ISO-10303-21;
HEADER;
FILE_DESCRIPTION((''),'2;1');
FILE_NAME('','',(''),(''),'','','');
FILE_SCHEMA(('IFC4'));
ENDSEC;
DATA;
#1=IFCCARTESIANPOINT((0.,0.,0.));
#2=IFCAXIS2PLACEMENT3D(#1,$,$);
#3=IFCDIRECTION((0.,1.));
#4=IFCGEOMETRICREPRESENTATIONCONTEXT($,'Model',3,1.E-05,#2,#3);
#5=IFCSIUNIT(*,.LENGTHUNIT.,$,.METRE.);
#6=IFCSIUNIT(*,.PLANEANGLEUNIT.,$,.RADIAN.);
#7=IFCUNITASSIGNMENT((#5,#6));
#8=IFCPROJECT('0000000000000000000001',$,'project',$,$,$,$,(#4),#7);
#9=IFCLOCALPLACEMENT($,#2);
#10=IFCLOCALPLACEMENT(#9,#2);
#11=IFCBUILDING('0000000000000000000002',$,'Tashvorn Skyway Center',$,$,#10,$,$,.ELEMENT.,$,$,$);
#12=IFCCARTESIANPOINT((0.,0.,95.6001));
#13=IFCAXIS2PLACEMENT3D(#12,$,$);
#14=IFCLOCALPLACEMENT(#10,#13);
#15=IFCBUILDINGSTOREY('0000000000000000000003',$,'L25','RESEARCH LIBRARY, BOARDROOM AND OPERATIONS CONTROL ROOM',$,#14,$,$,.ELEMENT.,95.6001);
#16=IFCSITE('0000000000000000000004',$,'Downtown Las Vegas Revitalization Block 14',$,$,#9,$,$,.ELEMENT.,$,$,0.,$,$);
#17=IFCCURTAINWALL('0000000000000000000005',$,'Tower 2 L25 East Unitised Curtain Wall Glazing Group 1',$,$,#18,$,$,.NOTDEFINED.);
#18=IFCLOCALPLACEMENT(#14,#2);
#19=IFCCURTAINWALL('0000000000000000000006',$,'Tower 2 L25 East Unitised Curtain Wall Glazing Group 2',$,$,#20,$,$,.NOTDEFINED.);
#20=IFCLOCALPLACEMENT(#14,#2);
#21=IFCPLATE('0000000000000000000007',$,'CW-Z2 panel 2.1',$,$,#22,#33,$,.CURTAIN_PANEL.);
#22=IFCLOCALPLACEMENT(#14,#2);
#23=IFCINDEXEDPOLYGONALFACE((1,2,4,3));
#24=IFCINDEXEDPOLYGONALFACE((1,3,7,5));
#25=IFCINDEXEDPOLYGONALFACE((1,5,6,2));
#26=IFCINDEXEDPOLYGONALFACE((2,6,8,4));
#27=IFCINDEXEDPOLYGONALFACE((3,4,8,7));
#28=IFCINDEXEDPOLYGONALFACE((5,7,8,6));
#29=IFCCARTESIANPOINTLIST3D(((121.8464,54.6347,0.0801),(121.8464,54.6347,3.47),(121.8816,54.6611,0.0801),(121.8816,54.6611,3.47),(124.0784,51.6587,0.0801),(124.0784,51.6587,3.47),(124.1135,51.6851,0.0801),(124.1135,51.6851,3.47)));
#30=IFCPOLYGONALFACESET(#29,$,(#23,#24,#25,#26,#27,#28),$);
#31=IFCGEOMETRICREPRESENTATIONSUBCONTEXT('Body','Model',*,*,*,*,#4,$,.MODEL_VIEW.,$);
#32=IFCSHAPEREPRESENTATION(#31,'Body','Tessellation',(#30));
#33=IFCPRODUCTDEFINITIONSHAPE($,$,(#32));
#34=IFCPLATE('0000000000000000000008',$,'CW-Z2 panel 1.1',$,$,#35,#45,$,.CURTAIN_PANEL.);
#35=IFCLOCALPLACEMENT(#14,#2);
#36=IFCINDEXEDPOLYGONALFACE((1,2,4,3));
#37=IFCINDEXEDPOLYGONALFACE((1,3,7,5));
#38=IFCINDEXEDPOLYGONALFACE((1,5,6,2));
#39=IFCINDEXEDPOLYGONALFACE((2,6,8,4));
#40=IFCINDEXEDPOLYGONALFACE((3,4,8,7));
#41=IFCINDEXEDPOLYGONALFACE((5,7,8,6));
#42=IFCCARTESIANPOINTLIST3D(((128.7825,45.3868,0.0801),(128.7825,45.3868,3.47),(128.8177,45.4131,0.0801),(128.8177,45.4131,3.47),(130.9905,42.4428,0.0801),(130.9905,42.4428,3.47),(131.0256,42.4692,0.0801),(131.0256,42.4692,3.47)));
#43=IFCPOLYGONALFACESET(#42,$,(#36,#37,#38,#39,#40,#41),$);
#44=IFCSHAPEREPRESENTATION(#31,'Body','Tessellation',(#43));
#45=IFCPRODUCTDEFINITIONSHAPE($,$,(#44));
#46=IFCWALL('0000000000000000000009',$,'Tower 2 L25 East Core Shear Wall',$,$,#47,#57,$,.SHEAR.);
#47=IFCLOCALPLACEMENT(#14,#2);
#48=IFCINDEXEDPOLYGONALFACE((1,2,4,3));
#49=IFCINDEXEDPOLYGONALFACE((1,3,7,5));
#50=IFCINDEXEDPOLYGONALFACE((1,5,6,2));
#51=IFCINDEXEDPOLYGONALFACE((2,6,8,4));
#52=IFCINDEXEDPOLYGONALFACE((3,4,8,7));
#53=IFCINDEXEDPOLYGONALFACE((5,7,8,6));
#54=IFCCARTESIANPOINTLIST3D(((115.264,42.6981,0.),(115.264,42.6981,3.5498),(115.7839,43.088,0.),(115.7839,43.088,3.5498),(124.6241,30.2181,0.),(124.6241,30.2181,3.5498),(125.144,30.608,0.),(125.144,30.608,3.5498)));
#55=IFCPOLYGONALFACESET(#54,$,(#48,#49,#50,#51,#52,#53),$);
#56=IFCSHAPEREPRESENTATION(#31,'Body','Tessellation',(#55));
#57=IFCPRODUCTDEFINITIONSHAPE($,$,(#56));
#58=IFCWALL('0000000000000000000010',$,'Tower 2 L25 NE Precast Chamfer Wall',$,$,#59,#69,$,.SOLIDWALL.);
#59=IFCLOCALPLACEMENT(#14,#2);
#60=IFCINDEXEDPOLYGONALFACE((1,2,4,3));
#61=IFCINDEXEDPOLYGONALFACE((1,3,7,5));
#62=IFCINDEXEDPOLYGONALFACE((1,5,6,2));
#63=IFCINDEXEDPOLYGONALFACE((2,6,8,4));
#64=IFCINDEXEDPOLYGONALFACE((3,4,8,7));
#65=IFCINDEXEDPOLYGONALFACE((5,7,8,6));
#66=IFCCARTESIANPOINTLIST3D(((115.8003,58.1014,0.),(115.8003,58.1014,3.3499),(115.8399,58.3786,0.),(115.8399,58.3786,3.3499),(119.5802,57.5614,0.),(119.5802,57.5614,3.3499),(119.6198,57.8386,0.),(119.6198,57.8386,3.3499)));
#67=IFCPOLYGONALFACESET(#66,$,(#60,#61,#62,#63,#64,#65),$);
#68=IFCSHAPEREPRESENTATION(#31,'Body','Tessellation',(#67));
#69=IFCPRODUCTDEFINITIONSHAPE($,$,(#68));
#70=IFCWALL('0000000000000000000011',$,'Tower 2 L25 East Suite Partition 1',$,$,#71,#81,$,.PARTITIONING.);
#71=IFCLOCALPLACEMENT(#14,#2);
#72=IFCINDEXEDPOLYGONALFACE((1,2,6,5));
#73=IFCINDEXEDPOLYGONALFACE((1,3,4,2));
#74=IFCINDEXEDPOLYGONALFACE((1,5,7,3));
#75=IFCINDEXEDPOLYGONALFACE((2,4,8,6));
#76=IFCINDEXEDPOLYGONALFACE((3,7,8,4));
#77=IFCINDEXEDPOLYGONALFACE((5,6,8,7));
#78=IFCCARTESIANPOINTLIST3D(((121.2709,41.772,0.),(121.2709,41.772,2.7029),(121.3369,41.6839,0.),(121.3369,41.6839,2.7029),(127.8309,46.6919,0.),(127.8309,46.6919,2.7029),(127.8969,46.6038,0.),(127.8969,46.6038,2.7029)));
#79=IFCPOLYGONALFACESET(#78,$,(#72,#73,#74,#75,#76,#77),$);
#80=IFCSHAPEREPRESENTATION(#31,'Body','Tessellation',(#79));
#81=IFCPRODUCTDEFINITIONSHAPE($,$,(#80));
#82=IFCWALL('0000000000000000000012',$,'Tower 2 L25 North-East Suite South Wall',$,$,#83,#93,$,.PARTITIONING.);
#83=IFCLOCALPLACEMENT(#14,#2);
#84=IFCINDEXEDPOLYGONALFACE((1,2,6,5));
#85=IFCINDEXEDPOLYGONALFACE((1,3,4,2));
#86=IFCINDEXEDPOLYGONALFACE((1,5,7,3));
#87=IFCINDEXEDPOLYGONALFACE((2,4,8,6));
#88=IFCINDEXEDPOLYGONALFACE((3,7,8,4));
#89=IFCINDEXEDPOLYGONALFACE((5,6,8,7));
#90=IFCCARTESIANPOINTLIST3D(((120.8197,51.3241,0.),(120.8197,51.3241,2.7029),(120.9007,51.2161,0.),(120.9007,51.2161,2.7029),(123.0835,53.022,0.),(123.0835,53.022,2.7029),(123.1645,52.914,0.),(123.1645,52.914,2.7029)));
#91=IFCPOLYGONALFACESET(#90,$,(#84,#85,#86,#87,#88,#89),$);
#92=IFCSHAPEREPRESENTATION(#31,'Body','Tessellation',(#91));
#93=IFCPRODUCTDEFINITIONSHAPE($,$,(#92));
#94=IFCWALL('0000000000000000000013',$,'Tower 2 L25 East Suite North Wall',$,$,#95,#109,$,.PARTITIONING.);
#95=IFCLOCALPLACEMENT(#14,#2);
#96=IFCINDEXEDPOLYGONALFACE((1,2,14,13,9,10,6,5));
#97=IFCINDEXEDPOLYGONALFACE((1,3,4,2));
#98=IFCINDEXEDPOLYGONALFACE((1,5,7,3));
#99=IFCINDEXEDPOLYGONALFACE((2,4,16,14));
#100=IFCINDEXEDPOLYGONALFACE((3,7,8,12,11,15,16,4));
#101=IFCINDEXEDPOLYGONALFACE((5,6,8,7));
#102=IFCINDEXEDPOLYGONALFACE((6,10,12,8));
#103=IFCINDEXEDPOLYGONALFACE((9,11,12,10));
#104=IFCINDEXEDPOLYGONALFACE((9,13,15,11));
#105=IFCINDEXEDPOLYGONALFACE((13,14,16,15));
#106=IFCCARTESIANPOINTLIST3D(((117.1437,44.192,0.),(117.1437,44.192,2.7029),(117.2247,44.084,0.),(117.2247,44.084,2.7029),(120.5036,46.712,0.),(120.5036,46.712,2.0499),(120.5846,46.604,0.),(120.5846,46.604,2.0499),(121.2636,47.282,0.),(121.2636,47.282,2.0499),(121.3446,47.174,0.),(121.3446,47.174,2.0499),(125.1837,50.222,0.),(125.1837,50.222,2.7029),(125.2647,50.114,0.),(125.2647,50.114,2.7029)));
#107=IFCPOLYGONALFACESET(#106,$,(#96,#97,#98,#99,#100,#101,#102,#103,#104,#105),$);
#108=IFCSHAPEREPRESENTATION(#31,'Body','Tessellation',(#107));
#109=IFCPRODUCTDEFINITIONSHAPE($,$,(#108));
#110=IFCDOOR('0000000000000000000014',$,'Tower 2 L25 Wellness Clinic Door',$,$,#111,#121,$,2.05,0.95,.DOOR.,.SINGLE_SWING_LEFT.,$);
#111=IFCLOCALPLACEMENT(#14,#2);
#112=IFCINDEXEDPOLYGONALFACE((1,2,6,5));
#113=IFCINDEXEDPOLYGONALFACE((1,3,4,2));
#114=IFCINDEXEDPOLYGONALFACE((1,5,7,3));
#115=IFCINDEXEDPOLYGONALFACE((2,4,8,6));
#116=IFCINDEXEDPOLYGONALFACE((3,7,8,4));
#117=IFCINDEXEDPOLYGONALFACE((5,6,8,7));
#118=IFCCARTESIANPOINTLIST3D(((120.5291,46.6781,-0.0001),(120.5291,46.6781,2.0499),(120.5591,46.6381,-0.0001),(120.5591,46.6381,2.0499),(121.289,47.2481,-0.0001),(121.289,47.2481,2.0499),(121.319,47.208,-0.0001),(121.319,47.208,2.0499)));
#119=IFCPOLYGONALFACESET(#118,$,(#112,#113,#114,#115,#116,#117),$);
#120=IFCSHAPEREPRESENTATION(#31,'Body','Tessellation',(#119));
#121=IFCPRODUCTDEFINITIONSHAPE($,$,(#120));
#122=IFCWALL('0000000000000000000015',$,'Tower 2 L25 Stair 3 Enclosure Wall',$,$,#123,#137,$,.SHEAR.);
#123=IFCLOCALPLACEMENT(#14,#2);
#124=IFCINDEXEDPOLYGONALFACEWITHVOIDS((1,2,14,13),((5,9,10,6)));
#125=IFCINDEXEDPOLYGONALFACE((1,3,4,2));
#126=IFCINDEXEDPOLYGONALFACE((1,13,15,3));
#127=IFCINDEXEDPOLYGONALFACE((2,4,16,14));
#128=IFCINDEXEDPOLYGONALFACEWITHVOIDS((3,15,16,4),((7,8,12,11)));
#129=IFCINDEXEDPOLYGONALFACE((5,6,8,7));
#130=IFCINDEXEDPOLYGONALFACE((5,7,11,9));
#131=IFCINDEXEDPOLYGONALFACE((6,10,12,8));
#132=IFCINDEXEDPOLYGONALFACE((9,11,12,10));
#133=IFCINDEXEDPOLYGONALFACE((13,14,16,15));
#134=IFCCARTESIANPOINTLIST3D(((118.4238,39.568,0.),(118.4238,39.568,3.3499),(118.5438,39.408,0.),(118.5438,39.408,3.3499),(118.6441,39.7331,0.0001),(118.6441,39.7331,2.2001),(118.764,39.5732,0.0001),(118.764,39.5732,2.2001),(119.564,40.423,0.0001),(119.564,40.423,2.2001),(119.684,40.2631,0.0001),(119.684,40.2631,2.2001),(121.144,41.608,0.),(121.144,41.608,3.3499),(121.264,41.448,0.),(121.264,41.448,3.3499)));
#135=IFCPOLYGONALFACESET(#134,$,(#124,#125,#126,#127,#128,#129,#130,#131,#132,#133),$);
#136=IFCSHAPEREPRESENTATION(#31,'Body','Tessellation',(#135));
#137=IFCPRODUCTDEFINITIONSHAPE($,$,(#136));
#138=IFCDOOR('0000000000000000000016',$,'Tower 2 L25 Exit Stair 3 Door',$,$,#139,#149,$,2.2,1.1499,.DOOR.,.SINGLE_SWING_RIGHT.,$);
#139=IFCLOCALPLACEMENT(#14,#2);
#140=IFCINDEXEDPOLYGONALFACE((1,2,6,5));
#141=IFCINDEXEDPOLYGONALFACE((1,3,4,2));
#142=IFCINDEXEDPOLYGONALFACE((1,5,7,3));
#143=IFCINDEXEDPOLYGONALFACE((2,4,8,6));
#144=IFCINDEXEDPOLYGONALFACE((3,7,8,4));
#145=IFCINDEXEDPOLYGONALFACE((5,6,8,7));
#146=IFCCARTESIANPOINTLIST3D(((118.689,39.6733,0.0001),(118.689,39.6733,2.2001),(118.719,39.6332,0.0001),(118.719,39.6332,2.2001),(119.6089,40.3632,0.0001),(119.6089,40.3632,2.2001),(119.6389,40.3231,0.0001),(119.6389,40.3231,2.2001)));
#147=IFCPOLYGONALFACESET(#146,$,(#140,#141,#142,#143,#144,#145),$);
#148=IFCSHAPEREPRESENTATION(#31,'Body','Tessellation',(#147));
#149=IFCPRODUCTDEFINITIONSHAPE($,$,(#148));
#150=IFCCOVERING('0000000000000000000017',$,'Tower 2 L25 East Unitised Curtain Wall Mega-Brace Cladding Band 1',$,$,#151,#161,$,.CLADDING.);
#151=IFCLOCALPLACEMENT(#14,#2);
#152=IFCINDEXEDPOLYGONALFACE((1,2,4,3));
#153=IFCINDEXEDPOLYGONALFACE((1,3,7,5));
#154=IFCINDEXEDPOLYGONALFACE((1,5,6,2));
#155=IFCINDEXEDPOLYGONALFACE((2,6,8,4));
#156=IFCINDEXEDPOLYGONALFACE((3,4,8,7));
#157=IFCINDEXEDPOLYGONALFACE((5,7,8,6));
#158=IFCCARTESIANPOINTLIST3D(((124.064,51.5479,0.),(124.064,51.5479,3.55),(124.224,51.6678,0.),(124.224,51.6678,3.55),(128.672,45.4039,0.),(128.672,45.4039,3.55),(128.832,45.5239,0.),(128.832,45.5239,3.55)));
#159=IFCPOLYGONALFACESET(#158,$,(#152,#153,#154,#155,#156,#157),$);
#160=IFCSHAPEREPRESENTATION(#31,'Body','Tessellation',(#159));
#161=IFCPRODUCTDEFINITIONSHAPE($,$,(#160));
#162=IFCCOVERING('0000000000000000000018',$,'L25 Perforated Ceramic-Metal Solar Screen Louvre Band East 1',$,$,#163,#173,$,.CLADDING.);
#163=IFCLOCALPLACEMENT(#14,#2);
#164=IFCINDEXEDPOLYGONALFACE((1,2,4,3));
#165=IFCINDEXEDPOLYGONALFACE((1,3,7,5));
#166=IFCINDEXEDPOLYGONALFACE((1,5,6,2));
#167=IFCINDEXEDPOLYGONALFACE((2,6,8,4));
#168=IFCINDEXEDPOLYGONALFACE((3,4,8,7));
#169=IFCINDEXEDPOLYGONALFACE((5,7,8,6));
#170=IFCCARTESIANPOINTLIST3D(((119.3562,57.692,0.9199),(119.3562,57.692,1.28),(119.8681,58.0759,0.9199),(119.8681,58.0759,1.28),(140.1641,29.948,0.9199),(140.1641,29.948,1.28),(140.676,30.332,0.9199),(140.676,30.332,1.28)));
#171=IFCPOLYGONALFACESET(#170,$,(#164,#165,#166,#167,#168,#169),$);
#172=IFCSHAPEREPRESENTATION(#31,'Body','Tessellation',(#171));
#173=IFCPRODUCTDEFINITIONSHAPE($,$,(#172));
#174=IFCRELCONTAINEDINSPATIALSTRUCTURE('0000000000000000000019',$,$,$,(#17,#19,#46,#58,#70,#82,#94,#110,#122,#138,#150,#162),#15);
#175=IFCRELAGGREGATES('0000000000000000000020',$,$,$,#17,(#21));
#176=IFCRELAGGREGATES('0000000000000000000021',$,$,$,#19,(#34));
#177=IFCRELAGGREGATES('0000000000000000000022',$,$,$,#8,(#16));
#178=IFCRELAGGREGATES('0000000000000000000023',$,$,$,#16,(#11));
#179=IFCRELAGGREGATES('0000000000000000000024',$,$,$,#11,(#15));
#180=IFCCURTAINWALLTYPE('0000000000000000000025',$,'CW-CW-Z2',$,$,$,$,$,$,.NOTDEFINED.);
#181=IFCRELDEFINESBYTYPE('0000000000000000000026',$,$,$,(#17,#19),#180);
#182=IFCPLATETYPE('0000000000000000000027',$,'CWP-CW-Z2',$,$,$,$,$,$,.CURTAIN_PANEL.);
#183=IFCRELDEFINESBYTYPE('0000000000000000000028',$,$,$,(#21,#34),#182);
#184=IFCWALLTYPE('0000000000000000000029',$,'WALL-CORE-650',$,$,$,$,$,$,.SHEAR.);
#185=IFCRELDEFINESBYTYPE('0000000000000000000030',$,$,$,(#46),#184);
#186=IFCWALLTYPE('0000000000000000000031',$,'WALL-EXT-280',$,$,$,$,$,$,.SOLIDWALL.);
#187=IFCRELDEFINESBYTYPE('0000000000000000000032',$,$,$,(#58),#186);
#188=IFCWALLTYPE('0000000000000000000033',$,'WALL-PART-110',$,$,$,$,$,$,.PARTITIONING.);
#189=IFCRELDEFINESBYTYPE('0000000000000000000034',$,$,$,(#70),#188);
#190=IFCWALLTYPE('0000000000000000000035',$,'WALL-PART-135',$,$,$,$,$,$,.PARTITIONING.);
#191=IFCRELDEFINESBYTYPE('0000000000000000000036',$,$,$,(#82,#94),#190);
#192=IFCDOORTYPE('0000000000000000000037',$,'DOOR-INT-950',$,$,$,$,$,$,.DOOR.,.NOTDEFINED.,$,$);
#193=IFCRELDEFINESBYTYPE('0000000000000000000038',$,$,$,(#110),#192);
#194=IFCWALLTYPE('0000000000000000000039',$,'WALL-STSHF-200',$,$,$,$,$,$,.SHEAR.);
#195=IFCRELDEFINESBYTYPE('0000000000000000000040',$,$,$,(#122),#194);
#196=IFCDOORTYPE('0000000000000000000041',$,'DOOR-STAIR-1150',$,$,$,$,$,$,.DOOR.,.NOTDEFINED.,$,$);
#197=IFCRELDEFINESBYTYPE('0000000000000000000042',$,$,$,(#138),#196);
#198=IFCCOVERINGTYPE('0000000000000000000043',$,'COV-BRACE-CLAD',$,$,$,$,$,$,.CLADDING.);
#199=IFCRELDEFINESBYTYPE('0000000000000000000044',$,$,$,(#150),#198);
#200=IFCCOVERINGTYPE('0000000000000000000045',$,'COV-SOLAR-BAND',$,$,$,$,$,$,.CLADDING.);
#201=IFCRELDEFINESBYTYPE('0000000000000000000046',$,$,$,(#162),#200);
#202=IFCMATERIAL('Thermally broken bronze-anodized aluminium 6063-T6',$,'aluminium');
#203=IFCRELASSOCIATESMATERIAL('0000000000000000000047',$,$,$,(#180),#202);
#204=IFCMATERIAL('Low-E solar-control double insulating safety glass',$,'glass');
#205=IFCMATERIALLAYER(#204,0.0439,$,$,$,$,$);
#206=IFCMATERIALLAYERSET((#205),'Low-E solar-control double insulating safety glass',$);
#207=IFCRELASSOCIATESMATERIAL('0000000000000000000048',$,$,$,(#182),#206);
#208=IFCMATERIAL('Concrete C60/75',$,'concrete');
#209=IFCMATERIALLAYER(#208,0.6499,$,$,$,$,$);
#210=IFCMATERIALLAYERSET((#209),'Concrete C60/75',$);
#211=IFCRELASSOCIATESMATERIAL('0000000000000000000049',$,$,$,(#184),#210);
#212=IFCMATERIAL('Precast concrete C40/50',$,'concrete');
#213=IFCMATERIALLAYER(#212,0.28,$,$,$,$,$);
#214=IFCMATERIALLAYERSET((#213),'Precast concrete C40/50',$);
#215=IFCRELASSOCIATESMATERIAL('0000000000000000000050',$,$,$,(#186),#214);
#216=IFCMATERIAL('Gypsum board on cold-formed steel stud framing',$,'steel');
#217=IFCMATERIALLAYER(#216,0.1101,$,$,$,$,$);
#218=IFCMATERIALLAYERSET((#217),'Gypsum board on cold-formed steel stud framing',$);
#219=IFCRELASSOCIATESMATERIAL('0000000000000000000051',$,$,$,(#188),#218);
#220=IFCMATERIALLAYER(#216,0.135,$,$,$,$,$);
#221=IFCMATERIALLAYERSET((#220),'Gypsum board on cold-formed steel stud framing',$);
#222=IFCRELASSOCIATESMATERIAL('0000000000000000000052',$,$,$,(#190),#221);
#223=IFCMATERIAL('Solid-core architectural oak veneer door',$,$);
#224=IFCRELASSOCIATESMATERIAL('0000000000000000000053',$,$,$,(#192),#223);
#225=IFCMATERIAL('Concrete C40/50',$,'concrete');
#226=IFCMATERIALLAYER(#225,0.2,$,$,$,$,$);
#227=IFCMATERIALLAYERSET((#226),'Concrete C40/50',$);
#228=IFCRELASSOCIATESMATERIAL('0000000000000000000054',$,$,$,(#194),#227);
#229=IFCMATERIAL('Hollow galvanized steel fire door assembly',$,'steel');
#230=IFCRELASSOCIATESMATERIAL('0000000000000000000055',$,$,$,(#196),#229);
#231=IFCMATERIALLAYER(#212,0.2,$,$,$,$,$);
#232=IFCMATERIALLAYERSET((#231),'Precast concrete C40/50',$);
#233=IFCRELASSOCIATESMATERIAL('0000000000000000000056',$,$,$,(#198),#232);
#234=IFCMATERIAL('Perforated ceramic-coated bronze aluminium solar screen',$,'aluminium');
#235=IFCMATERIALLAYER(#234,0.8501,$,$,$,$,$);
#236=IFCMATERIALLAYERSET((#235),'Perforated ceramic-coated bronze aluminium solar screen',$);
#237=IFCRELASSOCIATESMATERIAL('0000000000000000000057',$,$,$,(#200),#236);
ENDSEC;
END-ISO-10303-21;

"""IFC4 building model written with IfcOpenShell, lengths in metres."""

from ifc_helpers import new_model, si_unit, direction, frame, frame_2d, origin, origin_2d, place, context, subcontext, project, spatial, rectangle, extrude, material, layer, layer_set, type_object, element, fill, aggregate, save


model = new_model("IFC4")

# Units and contexts
model_context = context("Model", 3, precision=1e-05, world=origin(), true_north=direction((0.0, 1.0)))
body_context = subcontext(model_context, "Body", "Model", "MODEL_VIEW")
ifc_project = project(units=[si_unit("LENGTHUNIT", "METRE"), si_unit("PLANEANGLEUNIT", "RADIAN")], contexts=[model_context])

# Site, building, storey
site_placement = place(None, origin())
site = spatial("IfcSite", under=ifc_project, at=site_placement, Name="Downtown Las Vegas Revitalization Block 14", CompositionType="ELEMENT", RefElevation=0.0)
building_placement = place(site_placement, origin())
building = spatial("IfcBuilding", under=site, at=building_placement, Name="Tashvorn Skyway Center", CompositionType="ELEMENT")
storey_placement = place(building_placement, frame((0.0, 0.0, 95.6001)))
storey = spatial("IfcBuildingStorey", under=building, at=storey_placement, Name="L25", Description="RESEARCH LIBRARY, BOARDROOM AND OPERATIONS CONTROL ROOM", CompositionType="ELEMENT", Elevation=95.6001)

# Shared definitions
ifc_material_1 = material(Name="Thermally broken bronze-anodized aluminium 6063-T6", Category="aluminium")
curtain_wall_type = type_object("IfcCurtainWallType", Name="CW-CW-Z2", PredefinedType="NOTDEFINED", material=ifc_material_1)

# Curtain walls
curtain_wall_1_placement = place(storey_placement, origin())
curtain_wall_1 = element("IfcCurtainWall", 1, at=curtain_wall_1_placement, inside=storey, type_object=curtain_wall_type, Name="Tower 2 L25 East Unitised Curtain Wall Glazing Group 1", PredefinedType="NOTDEFINED")
curtain_wall_2_placement = place(storey_placement, origin())
curtain_wall_2 = element("IfcCurtainWall", 2, at=curtain_wall_2_placement, inside=storey, type_object=curtain_wall_type, Name="Tower 2 L25 East Unitised Curtain Wall Glazing Group 2", PredefinedType="NOTDEFINED")

# Plates
ifc_material_2 = material(Name="Low-E solar-control double insulating safety glass", Category="glass")
ifc_layer_1 = layer(ifc_material_2, 0.0439)
ifc_layer_set_1 = layer_set([ifc_layer_1], Name="Low-E solar-control double insulating safety glass")
plate_type = type_object("IfcPlateType", Name="CWP-CW-Z2", PredefinedType="CURTAIN_PANEL", material=ifc_layer_set_1)
plate_1_placement = place(storey_placement, frame((122.98, 53.1599, 0.0801), z_axis=(0.0, 0.0, 1.0), x_axis=(0.6, -0.8, 0.0)))
plate_1 = element("IfcPlate", 3, at=plate_1_placement, type_object=plate_type, Name="CW-Z2 panel 2.1", PredefinedType="CURTAIN_PANEL", context=body_context, shape_type="SweptSolid", body=[
    extrude(rectangle(XDim=3.72, YDim=0.0439, at=origin_2d()), origin(), (0.0, 0.0, 1.0), 3.3899),
])
aggregate(curtain_wall_1, [plate_1])
plate_2_placement = place(storey_placement, frame((129.9041, 43.928, 0.0801), z_axis=(0.0, 0.0, 1.0), x_axis=(0.6, -0.8, 0.0)))
plate_2 = element("IfcPlate", 4, at=plate_2_placement, type_object=plate_type, Name="CW-Z2 panel 1.1", PredefinedType="CURTAIN_PANEL", context=body_context, shape_type="SweptSolid", body=[
    extrude(rectangle(XDim=3.6799, YDim=0.0439, at=origin_2d()), origin(), (0.0, 0.0, 1.0), 3.3899),
])
aggregate(curtain_wall_2, [plate_2])

# Walls
ifc_material_3 = material(Name="Concrete C60/75", Category="concrete")
ifc_layer_2 = layer(ifc_material_3, 0.6499)
ifc_layer_set_2 = layer_set([ifc_layer_2], Name="Concrete C60/75")
wall_type_1 = type_object("IfcWallType", Name="WALL-CORE-650", PredefinedType="SHEAR", material=ifc_layer_set_2)
wall_1_placement = place(storey_placement, frame((115.5239, 42.8931, 0.0), z_axis=(0.0, 0.0, 1.0), x_axis=(0.600005, -0.799996, 0.0)))
element("IfcWall", 5, at=wall_1_placement, inside=storey, type_object=wall_type_1, Name="Tower 2 L25 East Core Shear Wall", PredefinedType="SHEAR", context=body_context, shape_type="SweptSolid", body=[
    extrude(rectangle(XDim=15.6001, YDim=0.6499, at=frame_2d((7.8, 0.0))), origin(), (0.0, 0.0, 1.0), 3.5498),
])
ifc_material_4 = material(Name="Precast concrete C40/50", Category="concrete")
ifc_layer_3 = layer(ifc_material_4, 0.28)
ifc_layer_set_3 = layer_set([ifc_layer_3], Name="Precast concrete C40/50")
wall_type_2 = type_object("IfcWallType", Name="WALL-EXT-280", PredefinedType="SOLIDWALL", material=ifc_layer_set_3)
wall_2_placement = place(storey_placement, frame((115.8201, 58.24, 0.0), z_axis=(0.0, 0.0, 1.0), x_axis=(0.989948, -0.14143, 0.0)))
element("IfcWall", 6, at=wall_2_placement, inside=storey, type_object=wall_type_2, Name="Tower 2 L25 NE Precast Chamfer Wall", PredefinedType="SOLIDWALL", context=body_context, shape_type="SweptSolid", body=[
    extrude(rectangle(XDim=3.8184, YDim=0.28, at=frame_2d((1.9092, 0.0))), origin(), (0.0, 0.0, 1.0), 3.3499),
])
ifc_material_5 = material(Name="Gypsum board on cold-formed steel stud framing", Category="steel")
ifc_layer_4 = layer(ifc_material_5, 0.1101)
ifc_layer_set_4 = layer_set([ifc_layer_4], Name="Gypsum board on cold-formed steel stud framing")
wall_type_3 = type_object("IfcWallType", Name="WALL-PART-110", PredefinedType="PARTITIONING", material=ifc_layer_set_4)
wall_3_placement = place(storey_placement, frame((127.864, 46.6479, 0.0), z_axis=(0.0, 0.0, 1.0), x_axis=(-0.800007, -0.59999, 0.0)))
element("IfcWall", 7, at=wall_3_placement, inside=storey, type_object=wall_type_3, Name="Tower 2 L25 East Suite Partition 1", PredefinedType="PARTITIONING", context=body_context, shape_type="SweptSolid", body=[
    extrude(rectangle(XDim=8.2, YDim=0.1101, at=frame_2d((4.1001, 0.0))), origin(), (0.0, 0.0, 1.0), 2.7029),
])
ifc_layer_5 = layer(ifc_material_5, 0.135)
ifc_layer_set_5 = layer_set([ifc_layer_5], Name="Gypsum board on cold-formed steel stud framing")
wall_type_4 = type_object("IfcWallType", Name="WALL-PART-135", PredefinedType="PARTITIONING", material=ifc_layer_set_5)
wall_4_placement = place(storey_placement, frame((120.8601, 51.27, 0.0), z_axis=(0.0, 0.0, 1.0), x_axis=(0.79999, 0.600014, 0.0)))
element("IfcWall", 8, at=wall_4_placement, inside=storey, type_object=wall_type_4, Name="Tower 2 L25 North-East Suite South Wall", PredefinedType="PARTITIONING", context=body_context, shape_type="SweptSolid", body=[
    extrude(rectangle(XDim=2.8298, YDim=0.135, at=frame_2d((1.415, 0.0))), origin(), (0.0, 0.0, 1.0), 2.7029),
])

# Walls, openings, doors
wall_5_placement = place(storey_placement, frame((125.2241, 50.168, 0.0), z_axis=(0.0, 0.0, 1.0), x_axis=(-0.8, -0.6, 0.0)))
wall_5 = element("IfcWall", 9, at=wall_5_placement, inside=storey, type_object=wall_type_4, Name="Tower 2 L25 East Suite North Wall", PredefinedType="PARTITIONING", context=body_context, shape_type="SweptSolid", body=[
    extrude(rectangle(XDim=10.05, YDim=0.135, at=frame_2d((5.0249, 0.0))), origin(), (0.0, 0.0, 1.0), 2.7029),
])
opening_1_placement = place(wall_5_placement, frame((4.8999, 0.0, 0.0)))
opening_1 = element("IfcOpeningElement", 10, at=opening_1_placement, cuts=wall_5, PredefinedType="OPENING", context=body_context, shape_type="SweptSolid", body=[
    extrude(rectangle(XDim=0.95, YDim=2.05, at=frame_2d((0.4751, 1.0249))), frame((0.0, 0.0774, 0.0), z_axis=(0.0, -1.0, 0.0), x_axis=(1.0, 0.0, 0.0)), (0.0, 0.0, 1.0), 0.155),
])
ifc_material_6 = material(Name="Solid-core architectural oak veneer door")
door_type_1 = type_object("IfcDoorType", Name="DOOR-INT-950", OperationType="NOTDEFINED", PredefinedType="DOOR", material=ifc_material_6)
door_1_placement = place(opening_1_placement, origin())
door_1 = element("IfcDoor", 11, at=door_1_placement, inside=storey, type_object=door_type_1, Name="Tower 2 L25 Wellness Clinic Door", OperationType="SINGLE_SWING_LEFT", OverallHeight=2.05, OverallWidth=0.95, PredefinedType="DOOR", context=body_context, shape_type="SweptSolid", body=[
    extrude(rectangle(XDim=0.95, YDim=2.05, at=frame_2d((0.4751, 1.0249))), frame((0.0, 0.0249, 0.0), z_axis=(0.0, -1.0, 0.0), x_axis=(1.0, 0.0, 0.0)), (0.0, 0.0, 1.0), 0.05),
])
fill(opening_1, door_1)
ifc_material_7 = material(Name="Concrete C40/50", Category="concrete")
ifc_layer_6 = layer(ifc_material_7, 0.2)
ifc_layer_set_6 = layer_set([ifc_layer_6], Name="Concrete C40/50")
wall_type_5 = type_object("IfcWallType", Name="WALL-STSHF-200", PredefinedType="SHEAR", material=ifc_layer_set_6)
wall_6_placement = place(storey_placement, frame((121.2041, 41.5281, 0.0), z_axis=(0.0, 0.0, 1.0), x_axis=(-0.800017, -0.599977, 0.0)))
wall_6 = element("IfcWall", 12, at=wall_6_placement, inside=storey, type_object=wall_type_5, Name="Tower 2 L25 Stair 3 Enclosure Wall", PredefinedType="SHEAR", context=body_context, shape_type="SweptSolid", body=[
    extrude(rectangle(XDim=3.4001, YDim=0.2, at=frame_2d((1.7002, 0.0))), origin(), (0.0, 0.0, 1.0), 3.3499),
])
opening_2_placement = place(wall_6_placement, frame((1.9751, 0.0, 0.0)))
opening_2 = element("IfcOpeningElement", 13, at=opening_2_placement, cuts=wall_6, PredefinedType="OPENING", context=body_context, shape_type="SweptSolid", body=[
    extrude(rectangle(XDim=1.1499, YDim=2.2, at=frame_2d((0.575, 1.1001))), frame((0.0, 0.1099, 0.0), z_axis=(0.0, -1.0, 0.0), x_axis=(1.0, 0.0, 0.0)), (0.0, 0.0, 1.0), 0.22),
])
ifc_material_8 = material(Name="Hollow galvanized steel fire door assembly", Category="steel")
door_type_2 = type_object("IfcDoorType", Name="DOOR-STAIR-1150", OperationType="NOTDEFINED", PredefinedType="DOOR", material=ifc_material_8)
door_2_placement = place(opening_2_placement, origin())
door_2 = element("IfcDoor", 14, at=door_2_placement, inside=storey, type_object=door_type_2, Name="Tower 2 L25 Exit Stair 3 Door", OperationType="SINGLE_SWING_RIGHT", OverallHeight=2.2, OverallWidth=1.1499, PredefinedType="DOOR", context=body_context, shape_type="SweptSolid", body=[
    extrude(rectangle(XDim=1.1499, YDim=2.2, at=frame_2d((0.575, 1.1001))), frame((0.0, 0.0249, 0.0), z_axis=(0.0, -1.0, 0.0), x_axis=(1.0, 0.0, 0.0)), (0.0, 0.0, 1.0), 0.05),
])
fill(opening_2, door_2)

# Coverings
ifc_layer_7 = layer(ifc_material_4, 0.2)
ifc_layer_set_7 = layer_set([ifc_layer_7], Name="Precast concrete C40/50")
covering_type_1 = type_object("IfcCoveringType", Name="COV-BRACE-CLAD", PredefinedType="CLADDING", material=ifc_layer_set_7)
covering_1_placement = place(storey_placement, frame((126.448, 48.5359, 0.0), z_axis=(0.0, 0.0, 1.0), x_axis=(0.6, -0.8, 0.0)))
element("IfcCovering", 15, at=covering_1_placement, inside=storey, type_object=covering_type_1, Name="Tower 2 L25 East Unitised Curtain Wall Mega-Brace Cladding Band 1", PredefinedType="CLADDING", context=body_context, shape_type="SweptSolid", body=[
    extrude(rectangle(XDim=7.6799, YDim=0.2, at=origin_2d()), origin(), (0.0, 0.0, 1.0), 3.55),
])
ifc_material_9 = material(Name="Perforated ceramic-coated bronze aluminium solar screen", Category="aluminium")
ifc_layer_8 = layer(ifc_material_9, 0.8501)
ifc_layer_set_8 = layer_set([ifc_layer_8], Name="Perforated ceramic-coated bronze aluminium solar screen")
covering_type_2 = type_object("IfcCoveringType", Name="COV-SOLAR-BAND", PredefinedType="CLADDING", material=ifc_layer_set_8)
for number, where, z_axis, x_axis, name in (
    (16, (130.0161, 44.012, 0.9199), (0.0, 0.0, 1.0), (0.6, -0.8, 0.0), "L25 Perforated Ceramic-Metal Solar Screen Louvre Band East 1"),
):
    element("IfcCovering", number, at=place(storey_placement, frame(where, z_axis=z_axis, x_axis=x_axis)), inside=storey, type_object=covering_type_2, Name=name, PredefinedType="CLADDING", context=body_context, shape_type="SweptSolid", body=[
        extrude(rectangle(XDim=34.6799, YDim=0.6399, at=origin_2d()), origin(), (0.0, 0.0, 1.0), 0.3601),
    ])

save(model, "model.ifc")
